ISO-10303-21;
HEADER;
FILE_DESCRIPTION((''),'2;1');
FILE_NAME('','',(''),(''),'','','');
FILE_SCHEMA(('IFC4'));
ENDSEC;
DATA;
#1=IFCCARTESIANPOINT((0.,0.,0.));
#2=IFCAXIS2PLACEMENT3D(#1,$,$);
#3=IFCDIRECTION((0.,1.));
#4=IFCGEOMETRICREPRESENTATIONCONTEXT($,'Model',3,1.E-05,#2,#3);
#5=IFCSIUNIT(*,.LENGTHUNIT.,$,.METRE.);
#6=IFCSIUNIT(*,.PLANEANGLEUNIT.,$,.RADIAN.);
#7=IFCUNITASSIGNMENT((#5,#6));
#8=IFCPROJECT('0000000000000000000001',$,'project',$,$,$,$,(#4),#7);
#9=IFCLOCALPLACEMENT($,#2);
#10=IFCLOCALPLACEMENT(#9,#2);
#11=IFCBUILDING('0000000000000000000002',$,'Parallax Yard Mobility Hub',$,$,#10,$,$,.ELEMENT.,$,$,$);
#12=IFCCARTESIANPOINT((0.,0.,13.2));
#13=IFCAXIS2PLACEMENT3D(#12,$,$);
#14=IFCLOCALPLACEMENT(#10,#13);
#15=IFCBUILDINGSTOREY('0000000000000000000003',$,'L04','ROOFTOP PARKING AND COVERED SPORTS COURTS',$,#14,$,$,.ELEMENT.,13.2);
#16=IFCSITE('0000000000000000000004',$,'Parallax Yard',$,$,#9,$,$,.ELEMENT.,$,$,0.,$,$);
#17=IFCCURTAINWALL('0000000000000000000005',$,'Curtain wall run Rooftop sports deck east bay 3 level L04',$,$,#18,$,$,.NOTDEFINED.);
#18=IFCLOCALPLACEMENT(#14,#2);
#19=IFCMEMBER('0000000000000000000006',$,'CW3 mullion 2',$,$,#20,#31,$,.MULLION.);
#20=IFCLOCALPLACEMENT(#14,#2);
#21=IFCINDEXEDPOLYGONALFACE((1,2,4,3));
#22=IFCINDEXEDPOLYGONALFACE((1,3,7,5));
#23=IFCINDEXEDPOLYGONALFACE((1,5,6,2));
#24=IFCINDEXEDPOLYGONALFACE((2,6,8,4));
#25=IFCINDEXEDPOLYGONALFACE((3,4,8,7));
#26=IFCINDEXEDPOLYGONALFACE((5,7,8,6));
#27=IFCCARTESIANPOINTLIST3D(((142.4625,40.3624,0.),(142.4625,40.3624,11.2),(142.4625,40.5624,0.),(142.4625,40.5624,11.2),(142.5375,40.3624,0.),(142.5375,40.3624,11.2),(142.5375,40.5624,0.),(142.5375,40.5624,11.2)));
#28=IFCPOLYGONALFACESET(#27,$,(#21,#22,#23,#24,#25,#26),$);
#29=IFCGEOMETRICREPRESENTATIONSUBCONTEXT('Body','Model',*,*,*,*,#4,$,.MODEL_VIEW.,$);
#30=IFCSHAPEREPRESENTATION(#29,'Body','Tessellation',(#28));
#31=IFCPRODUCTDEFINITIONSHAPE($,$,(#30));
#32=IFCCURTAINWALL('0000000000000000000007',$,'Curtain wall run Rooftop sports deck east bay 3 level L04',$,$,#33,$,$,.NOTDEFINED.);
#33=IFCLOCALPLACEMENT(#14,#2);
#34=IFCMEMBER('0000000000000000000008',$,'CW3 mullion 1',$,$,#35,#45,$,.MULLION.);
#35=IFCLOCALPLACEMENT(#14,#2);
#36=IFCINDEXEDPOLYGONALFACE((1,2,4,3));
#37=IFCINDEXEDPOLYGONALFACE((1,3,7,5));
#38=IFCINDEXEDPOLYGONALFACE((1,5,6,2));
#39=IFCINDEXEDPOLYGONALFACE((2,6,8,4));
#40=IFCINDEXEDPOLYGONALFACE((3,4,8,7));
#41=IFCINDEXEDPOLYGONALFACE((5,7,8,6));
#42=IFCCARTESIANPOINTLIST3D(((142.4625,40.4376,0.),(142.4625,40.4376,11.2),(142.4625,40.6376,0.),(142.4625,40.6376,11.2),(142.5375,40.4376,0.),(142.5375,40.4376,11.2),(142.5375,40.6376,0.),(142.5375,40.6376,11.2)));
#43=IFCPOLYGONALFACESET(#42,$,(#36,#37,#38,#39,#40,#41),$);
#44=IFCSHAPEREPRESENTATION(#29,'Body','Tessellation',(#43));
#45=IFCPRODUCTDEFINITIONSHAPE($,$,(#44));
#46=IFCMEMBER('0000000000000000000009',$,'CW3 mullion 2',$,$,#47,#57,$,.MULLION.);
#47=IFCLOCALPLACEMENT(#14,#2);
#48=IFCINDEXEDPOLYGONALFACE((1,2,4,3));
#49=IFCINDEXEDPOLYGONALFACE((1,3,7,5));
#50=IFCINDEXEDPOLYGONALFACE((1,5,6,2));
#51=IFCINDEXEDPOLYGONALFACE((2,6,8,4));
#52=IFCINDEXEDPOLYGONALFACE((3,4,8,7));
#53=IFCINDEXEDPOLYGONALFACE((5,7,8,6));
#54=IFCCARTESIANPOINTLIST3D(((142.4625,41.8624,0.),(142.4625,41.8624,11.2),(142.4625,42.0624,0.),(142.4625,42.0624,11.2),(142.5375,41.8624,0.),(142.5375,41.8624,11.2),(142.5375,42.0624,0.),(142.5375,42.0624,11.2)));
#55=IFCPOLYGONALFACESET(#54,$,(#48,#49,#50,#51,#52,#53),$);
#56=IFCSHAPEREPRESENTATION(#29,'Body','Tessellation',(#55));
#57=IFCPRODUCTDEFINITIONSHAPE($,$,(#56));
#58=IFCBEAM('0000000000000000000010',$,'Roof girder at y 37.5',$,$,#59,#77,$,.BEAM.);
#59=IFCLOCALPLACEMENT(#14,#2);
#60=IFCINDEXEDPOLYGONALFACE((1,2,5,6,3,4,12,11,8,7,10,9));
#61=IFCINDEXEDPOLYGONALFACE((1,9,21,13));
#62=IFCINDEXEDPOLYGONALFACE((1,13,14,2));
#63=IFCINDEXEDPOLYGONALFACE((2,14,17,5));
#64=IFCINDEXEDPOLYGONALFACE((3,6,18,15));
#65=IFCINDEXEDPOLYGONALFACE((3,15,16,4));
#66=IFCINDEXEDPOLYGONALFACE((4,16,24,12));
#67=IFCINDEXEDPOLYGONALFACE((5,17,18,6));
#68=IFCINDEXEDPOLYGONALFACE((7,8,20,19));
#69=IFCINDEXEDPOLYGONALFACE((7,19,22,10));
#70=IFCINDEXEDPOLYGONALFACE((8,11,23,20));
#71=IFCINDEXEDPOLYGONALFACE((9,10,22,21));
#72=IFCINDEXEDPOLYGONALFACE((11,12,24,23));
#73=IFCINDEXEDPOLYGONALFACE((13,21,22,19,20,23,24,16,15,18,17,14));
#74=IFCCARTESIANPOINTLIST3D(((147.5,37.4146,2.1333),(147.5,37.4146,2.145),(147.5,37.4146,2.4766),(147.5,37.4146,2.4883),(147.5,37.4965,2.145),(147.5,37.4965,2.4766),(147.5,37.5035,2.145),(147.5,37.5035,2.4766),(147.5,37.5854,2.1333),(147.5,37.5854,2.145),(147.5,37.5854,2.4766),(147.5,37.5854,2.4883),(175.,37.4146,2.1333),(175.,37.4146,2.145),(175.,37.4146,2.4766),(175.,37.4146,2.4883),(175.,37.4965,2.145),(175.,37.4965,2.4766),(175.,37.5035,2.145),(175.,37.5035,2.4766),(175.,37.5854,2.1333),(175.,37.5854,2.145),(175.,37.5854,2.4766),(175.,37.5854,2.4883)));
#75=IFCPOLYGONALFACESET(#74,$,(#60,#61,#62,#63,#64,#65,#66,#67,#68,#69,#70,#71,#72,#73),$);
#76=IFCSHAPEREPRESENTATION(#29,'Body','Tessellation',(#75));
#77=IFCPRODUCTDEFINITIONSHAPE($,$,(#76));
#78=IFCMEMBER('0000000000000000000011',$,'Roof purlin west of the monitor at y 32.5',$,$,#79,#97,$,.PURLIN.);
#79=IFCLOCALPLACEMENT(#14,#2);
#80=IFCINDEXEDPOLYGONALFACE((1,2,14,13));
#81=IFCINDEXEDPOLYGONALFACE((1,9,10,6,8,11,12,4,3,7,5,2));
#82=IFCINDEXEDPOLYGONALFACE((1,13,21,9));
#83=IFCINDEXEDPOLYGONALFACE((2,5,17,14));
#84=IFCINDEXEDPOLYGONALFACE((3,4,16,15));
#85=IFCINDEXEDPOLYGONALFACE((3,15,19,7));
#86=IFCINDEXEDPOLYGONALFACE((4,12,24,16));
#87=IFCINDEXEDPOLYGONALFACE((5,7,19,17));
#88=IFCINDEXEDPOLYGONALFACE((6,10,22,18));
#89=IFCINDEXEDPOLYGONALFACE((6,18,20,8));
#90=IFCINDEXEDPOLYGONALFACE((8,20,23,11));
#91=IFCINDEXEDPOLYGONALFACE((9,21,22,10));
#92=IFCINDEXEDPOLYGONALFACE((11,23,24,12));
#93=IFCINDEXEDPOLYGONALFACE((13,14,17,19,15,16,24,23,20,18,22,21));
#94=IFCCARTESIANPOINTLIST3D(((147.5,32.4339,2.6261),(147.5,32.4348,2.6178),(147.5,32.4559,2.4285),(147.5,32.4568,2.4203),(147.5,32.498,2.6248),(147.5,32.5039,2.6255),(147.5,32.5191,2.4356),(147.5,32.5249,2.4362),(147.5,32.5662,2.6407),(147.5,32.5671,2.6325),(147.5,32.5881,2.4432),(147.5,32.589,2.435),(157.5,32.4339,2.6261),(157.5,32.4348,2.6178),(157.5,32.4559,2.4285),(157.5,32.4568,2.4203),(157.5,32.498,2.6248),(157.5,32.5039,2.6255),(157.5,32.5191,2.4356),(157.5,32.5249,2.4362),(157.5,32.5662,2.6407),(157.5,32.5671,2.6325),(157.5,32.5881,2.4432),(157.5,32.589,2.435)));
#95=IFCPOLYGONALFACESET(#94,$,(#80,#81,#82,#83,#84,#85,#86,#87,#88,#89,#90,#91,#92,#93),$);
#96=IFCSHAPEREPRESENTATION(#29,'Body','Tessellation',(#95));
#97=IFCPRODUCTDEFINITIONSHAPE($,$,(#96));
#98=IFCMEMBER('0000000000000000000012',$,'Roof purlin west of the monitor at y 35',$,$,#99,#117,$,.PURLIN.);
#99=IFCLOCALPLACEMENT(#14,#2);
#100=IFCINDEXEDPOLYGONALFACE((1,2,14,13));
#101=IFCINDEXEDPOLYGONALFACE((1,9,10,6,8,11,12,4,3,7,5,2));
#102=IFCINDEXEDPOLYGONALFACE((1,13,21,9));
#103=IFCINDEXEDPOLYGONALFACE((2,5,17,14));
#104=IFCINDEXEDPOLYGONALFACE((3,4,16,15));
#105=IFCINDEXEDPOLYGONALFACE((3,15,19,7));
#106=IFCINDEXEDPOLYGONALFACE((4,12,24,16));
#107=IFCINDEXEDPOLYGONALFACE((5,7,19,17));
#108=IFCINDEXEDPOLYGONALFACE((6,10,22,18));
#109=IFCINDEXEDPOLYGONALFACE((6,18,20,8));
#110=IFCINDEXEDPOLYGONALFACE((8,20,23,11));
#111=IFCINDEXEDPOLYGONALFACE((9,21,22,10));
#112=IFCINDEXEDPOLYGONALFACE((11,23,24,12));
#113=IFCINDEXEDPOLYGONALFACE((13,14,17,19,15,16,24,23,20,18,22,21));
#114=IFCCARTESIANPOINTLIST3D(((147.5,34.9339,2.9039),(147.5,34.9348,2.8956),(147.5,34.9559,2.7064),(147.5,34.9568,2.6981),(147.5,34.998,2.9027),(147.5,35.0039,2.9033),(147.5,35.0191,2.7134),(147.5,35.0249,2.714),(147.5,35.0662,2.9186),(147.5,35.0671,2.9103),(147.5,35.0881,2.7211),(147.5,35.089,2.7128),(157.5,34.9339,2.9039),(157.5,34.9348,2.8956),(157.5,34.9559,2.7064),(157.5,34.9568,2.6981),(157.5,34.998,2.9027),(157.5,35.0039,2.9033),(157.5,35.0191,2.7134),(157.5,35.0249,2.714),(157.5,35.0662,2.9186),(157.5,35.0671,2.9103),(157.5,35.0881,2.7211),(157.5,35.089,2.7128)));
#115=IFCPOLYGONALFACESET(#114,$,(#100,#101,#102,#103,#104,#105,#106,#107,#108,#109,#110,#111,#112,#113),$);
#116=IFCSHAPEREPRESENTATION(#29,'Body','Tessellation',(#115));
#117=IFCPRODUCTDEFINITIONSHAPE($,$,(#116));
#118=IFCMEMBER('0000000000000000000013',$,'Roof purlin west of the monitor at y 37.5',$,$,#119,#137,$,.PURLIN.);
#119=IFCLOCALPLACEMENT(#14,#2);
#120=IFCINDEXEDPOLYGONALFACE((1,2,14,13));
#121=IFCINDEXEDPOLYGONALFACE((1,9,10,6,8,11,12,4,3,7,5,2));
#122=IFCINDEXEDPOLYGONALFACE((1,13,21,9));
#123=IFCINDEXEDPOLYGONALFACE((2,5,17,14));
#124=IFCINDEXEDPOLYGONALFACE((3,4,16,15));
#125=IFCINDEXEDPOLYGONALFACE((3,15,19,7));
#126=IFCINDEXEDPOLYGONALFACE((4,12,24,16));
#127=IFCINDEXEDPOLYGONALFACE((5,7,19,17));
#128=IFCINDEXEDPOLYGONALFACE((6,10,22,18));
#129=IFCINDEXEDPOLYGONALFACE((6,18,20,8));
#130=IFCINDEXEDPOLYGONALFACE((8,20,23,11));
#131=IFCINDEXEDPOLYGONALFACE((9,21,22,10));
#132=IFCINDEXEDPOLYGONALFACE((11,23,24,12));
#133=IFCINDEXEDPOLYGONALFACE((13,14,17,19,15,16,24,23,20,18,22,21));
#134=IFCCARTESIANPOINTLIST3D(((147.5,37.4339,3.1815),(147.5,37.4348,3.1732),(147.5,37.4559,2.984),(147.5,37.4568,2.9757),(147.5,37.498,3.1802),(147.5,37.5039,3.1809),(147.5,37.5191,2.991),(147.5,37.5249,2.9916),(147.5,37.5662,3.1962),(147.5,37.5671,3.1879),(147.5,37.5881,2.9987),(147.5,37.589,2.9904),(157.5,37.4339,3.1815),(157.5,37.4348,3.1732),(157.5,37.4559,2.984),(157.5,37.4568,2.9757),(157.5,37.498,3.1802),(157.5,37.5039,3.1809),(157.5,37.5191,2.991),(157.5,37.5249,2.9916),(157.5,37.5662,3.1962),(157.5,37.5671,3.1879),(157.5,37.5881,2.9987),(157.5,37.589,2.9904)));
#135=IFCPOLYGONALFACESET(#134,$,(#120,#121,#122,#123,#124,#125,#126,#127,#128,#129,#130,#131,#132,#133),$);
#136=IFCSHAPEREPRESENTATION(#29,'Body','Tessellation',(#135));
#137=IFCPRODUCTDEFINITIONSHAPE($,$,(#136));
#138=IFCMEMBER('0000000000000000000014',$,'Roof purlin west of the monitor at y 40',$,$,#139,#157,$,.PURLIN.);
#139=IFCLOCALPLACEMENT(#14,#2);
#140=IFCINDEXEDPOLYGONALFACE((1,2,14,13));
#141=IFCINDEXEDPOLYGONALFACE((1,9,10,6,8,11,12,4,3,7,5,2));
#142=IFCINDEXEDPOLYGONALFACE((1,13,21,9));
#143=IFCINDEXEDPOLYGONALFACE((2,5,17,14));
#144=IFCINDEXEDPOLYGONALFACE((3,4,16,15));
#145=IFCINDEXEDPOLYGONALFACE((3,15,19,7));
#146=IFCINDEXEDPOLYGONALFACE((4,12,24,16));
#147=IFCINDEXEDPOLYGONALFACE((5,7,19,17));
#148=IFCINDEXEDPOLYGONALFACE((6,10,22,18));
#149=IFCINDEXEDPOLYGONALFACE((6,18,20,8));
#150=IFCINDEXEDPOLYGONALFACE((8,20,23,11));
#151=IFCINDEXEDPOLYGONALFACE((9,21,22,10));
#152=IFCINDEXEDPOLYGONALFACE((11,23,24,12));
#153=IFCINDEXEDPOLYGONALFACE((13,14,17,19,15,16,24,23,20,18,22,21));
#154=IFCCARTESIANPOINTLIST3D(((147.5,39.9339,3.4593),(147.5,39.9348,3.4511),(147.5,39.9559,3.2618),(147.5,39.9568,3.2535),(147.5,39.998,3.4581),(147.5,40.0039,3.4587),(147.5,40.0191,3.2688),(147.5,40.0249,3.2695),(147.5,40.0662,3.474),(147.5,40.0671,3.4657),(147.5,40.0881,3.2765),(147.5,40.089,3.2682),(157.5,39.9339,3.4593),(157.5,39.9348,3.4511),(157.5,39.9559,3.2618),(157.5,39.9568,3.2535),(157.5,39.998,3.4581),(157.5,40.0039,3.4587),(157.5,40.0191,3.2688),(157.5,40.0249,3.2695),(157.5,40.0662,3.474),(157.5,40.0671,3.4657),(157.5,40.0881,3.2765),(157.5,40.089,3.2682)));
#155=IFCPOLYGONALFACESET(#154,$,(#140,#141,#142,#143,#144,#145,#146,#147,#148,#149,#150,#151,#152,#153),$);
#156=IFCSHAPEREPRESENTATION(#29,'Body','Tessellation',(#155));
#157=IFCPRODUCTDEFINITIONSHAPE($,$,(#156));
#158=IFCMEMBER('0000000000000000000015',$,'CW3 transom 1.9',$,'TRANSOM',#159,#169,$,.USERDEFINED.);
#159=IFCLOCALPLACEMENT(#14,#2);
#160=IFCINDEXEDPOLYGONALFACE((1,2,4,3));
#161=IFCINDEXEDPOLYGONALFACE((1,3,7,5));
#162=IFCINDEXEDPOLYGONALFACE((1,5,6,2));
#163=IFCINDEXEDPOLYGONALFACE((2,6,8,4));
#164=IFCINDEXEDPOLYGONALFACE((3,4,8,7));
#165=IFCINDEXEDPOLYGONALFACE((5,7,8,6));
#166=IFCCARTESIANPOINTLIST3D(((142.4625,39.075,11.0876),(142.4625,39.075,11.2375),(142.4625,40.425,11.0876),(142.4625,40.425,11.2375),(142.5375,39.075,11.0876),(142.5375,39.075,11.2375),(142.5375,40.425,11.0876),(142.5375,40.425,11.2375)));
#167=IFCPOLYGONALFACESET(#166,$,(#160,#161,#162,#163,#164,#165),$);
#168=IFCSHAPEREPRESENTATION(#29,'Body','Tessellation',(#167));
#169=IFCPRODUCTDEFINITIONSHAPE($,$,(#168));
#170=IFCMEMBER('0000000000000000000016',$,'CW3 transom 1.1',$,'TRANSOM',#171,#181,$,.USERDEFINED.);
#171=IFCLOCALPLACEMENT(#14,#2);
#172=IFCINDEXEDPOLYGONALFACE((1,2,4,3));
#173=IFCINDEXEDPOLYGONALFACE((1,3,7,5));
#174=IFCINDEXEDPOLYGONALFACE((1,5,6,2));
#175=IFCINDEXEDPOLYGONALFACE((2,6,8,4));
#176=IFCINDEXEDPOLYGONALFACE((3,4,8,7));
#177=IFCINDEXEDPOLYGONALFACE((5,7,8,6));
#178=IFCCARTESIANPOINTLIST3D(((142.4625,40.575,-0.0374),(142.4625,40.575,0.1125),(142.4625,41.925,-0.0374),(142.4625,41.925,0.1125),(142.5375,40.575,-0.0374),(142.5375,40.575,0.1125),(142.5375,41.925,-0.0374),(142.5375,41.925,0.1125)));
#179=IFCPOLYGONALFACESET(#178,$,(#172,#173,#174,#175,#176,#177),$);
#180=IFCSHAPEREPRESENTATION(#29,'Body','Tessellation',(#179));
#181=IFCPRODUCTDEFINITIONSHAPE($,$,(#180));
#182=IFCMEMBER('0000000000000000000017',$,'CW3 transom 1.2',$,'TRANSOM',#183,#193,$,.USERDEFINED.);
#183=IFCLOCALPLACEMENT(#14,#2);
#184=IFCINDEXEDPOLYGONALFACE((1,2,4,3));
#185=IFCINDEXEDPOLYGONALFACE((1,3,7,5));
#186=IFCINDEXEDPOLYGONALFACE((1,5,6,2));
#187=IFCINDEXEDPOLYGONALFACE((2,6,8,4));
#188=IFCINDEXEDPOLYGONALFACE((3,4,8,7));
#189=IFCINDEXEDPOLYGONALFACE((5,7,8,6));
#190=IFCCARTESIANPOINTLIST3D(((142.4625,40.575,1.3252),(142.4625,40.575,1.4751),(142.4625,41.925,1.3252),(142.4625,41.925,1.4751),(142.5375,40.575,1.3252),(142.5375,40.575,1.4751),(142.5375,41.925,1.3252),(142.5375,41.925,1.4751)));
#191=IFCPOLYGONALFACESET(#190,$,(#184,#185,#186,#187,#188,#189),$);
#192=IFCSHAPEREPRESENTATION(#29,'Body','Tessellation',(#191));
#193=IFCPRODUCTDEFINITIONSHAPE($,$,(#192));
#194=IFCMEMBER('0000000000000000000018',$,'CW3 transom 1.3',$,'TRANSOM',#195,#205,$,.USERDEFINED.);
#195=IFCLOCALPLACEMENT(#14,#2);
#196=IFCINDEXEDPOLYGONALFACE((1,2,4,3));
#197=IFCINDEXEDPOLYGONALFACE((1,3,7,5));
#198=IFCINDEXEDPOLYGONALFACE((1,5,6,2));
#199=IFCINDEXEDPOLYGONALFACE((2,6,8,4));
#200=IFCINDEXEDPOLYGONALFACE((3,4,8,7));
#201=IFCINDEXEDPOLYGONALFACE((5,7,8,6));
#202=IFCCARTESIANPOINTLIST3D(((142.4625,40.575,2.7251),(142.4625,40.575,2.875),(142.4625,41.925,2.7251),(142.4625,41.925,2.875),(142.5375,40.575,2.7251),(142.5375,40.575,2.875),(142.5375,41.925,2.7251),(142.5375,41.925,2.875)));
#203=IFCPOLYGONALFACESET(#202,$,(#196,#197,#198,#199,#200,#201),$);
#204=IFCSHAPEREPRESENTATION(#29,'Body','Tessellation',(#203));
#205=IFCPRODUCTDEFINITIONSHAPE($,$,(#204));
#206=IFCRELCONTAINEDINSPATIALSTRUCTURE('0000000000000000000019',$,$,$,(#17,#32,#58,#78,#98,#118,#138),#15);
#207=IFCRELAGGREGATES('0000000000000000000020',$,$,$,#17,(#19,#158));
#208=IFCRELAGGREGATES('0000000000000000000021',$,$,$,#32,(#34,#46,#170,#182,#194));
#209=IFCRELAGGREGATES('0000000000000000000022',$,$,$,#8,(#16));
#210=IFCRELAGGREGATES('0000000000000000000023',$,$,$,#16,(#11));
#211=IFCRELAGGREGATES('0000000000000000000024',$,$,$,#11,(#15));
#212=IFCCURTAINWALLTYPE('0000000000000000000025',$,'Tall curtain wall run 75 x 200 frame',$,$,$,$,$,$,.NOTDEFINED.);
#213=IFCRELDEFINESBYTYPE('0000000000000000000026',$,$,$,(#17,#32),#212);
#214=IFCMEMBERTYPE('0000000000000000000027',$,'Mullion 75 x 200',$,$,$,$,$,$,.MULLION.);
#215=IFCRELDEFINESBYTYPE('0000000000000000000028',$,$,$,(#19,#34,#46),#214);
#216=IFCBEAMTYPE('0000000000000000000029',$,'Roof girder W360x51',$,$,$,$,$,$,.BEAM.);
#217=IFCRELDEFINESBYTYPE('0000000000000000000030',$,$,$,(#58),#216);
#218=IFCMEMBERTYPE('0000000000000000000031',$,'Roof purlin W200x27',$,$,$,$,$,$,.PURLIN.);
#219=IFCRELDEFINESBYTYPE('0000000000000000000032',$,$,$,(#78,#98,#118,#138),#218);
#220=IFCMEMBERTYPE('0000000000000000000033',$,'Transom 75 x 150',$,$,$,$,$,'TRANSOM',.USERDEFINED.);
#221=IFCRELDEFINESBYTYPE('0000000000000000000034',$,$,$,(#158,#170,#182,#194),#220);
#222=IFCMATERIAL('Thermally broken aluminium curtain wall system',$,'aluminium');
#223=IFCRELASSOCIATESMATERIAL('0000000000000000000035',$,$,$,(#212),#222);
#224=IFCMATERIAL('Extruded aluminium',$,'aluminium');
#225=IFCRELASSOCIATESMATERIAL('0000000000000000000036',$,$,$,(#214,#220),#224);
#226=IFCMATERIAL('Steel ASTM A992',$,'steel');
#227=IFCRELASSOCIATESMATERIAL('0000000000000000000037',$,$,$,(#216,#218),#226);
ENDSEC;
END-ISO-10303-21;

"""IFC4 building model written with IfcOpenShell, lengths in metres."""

from ifc_helpers import new_model, si_unit, direction, frame, origin, origin_2d, place, context, subcontext, project, spatial, rectangle, i_section, extrude, material, material_profile, profile_set, type_object, element, aggregate, save


model = new_model("IFC4")

# Units and contexts
model_context = context("Model", 3, precision=1e-05, world=origin(), true_north=direction((0.0, 1.0)))
body_context = subcontext(model_context, "Body", "Model", "MODEL_VIEW")
ifc_project = project(units=[si_unit("LENGTHUNIT", "METRE"), si_unit("PLANEANGLEUNIT", "RADIAN")], contexts=[model_context])

# Site, building, storey
site_placement = place(None, origin())
site = spatial("IfcSite", under=ifc_project, at=site_placement, Name="Parallax Yard", CompositionType="ELEMENT", RefElevation=0.0)
building_placement = place(site_placement, origin())
building = spatial("IfcBuilding", under=site, at=building_placement, Name="Parallax Yard Mobility Hub", CompositionType="ELEMENT")
storey_placement = place(building_placement, frame((0.0, 0.0, 13.2)))
storey = spatial("IfcBuildingStorey", under=building, at=storey_placement, Name="L04", Description="ROOFTOP PARKING AND COVERED SPORTS COURTS", CompositionType="ELEMENT", Elevation=13.2)

# Curtain wall, member
ifc_material_1 = material(Name="Thermally broken aluminium curtain wall system", Category="aluminium")
curtain_wall_type = type_object("IfcCurtainWallType", Name="Tall curtain wall run 75 x 200 frame", PredefinedType="NOTDEFINED", material=ifc_material_1)
curtain_wall_1_placement = place(storey_placement, origin())
curtain_wall_1 = element("IfcCurtainWall", 1, at=curtain_wall_1_placement, inside=storey, type_object=curtain_wall_type, Name="Curtain wall run Rooftop sports deck east bay 3 level L04", PredefinedType="NOTDEFINED")
ifc_material_2 = material(Name="Extruded aluminium", Category="aluminium")
ifc_material_profile_1 = material_profile(ifc_material_2, rectangle(XDim=0.075, YDim=0.2, at=origin_2d()), Name="Mullion 75 x 200")
ifc_profile_set_1 = profile_set([ifc_material_profile_1], Name="Extruded aluminium")
member_type_1 = type_object("IfcMemberType", Name="Mullion 75 x 200", PredefinedType="MULLION", material=ifc_profile_set_1)
member_1_placement = place(storey_placement, frame((142.5, 40.4624, 0.0), z_axis=(0.0, 0.0, 1.0), x_axis=(-1.0, 0.0, 0.0)))
member_1 = element("IfcMember", 2, at=member_1_placement, type_object=member_type_1, Name="CW3 mullion 2", PredefinedType="MULLION", context=body_context, shape_type="SweptSolid", body=[
    extrude(rectangle(XDim=0.075, YDim=0.2, at=origin_2d()), origin(), (0.0, 0.0, 1.0), 11.2),
])

# Curtain wall, members
curtain_wall_2_placement = place(storey_placement, origin())
curtain_wall_2 = element("IfcCurtainWall", 3, at=curtain_wall_2_placement, inside=storey, type_object=curtain_wall_type, Name="Curtain wall run Rooftop sports deck east bay 3 level L04", PredefinedType="NOTDEFINED")
member_2_placement = place(storey_placement, frame((142.5, 40.5376, 0.0), z_axis=(0.0, 0.0, 1.0), x_axis=(-1.0, 0.0, 0.0)))
member_2 = element("IfcMember", 4, at=member_2_placement, type_object=member_type_1, Name="CW3 mullion 1", PredefinedType="MULLION", context=body_context, shape_type="SweptSolid", body=[
    extrude(rectangle(XDim=0.075, YDim=0.2, at=origin_2d()), origin(), (0.0, 0.0, 1.0), 11.2),
])
member_3_placement = place(storey_placement, frame((142.5, 41.9624, 0.0), z_axis=(0.0, 0.0, 1.0), x_axis=(-1.0, 0.0, 0.0)))
member_3 = element("IfcMember", 5, at=member_3_placement, type_object=member_type_1, Name="CW3 mullion 2", PredefinedType="MULLION", context=body_context, shape_type="SweptSolid", body=[
    extrude(rectangle(XDim=0.075, YDim=0.2, at=origin_2d()), origin(), (0.0, 0.0, 1.0), 11.2),
])

# Beam
ifc_material_3 = material(Name="Steel ASTM A992", Category="steel")
ifc_material_profile_2 = material_profile(ifc_material_3, i_section(OverallWidth=0.1709, OverallDepth=0.355, WebThickness=0.0071, FlangeThickness=0.0117, at=origin_2d()), Name="W360x51")
ifc_profile_set_2 = profile_set([ifc_material_profile_2], Name="Steel ASTM A992")
beam_type = type_object("IfcBeamType", Name="Roof girder W360x51", PredefinedType="BEAM", material=ifc_profile_set_2)
beam_placement = place(storey_placement, frame((147.5, 37.5, 2.3108), z_axis=(1.0, 0.0, 0.0), x_axis=(0.0, 1.0, 0.0)))
element("IfcBeam", 6, at=beam_placement, inside=storey, type_object=beam_type, Name="Roof girder at y 37.5", PredefinedType="BEAM", context=body_context, shape_type="SweptSolid", body=[
    extrude(i_section(OverallWidth=0.1709, OverallDepth=0.355, WebThickness=0.0071, FlangeThickness=0.0117, at=origin_2d()), origin(), (0.0, 0.0, 1.0), 27.5),
])

# Members
ifc_material_profile_3 = material_profile(ifc_material_3, i_section(OverallWidth=0.1331, OverallDepth=0.207, WebThickness=0.0059, FlangeThickness=0.0083, at=origin_2d()), Name="W200x27")
ifc_profile_set_3 = profile_set([ifc_material_profile_3], Name="Steel ASTM A992")
member_type_2 = type_object("IfcMemberType", Name="Roof purlin W200x27", PredefinedType="PURLIN", material=ifc_profile_set_3)
for number, where, z_axis, x_axis, name in (
    (7, (147.5, 32.5115, 2.5305), (1.0, 0.0, 0.0), (0.0, 0.993884, 0.110432), "Roof purlin west of the monitor at y 32.5"),
    (8, (147.5, 35.0115, 2.8083), (1.0, 0.0, 0.0), (0.0, 0.993884, 0.110432), "Roof purlin west of the monitor at y 35"),
    (9, (147.5, 37.5115, 3.0859), (1.0, 0.0, 0.0), (0.0, 0.993884, 0.110432), "Roof purlin west of the monitor at y 37.5"),
    (10, (147.5, 40.0115, 3.3638), (1.0, 0.0, 0.0), (0.0, 0.993884, 0.110432), "Roof purlin west of the monitor at y 40"),
):
    element("IfcMember", number, at=place(storey_placement, frame(where, z_axis=z_axis, x_axis=x_axis)), inside=storey, type_object=member_type_2, Name=name, PredefinedType="PURLIN", context=body_context, shape_type="SweptSolid", body=[
        extrude(i_section(OverallWidth=0.1331, OverallDepth=0.207, WebThickness=0.0059, FlangeThickness=0.0083, at=origin_2d()), origin(), (0.0, 0.0, 1.0), 10.0),
    ])

# Members
ifc_material_profile_4 = material_profile(ifc_material_2, rectangle(XDim=0.075, YDim=0.1499, at=origin_2d()), Name="Transom 75 x 150")
ifc_profile_set_4 = profile_set([ifc_material_profile_4], Name="Extruded aluminium")
member_type_3 = type_object("IfcMemberType", Name="Transom 75 x 150", ElementType="TRANSOM", PredefinedType="USERDEFINED", material=ifc_profile_set_4)
member_4_placement = place(storey_placement, frame((142.5, 39.075, 11.1626), z_axis=(0.0, 1.0, 0.0), x_axis=(-1.0, 0.0, 0.0)))
member_4 = element("IfcMember", 11, at=member_4_placement, type_object=member_type_3, Name="CW3 transom 1.9", ObjectType="TRANSOM", PredefinedType="USERDEFINED", context=body_context, shape_type="SweptSolid", body=[
    extrude(rectangle(XDim=0.075, YDim=0.1499, at=origin_2d()), origin(), (0.0, 0.0, 1.0), 1.3501),
])
member_5_placement = place(storey_placement, frame((142.5, 40.575, 0.0376), z_axis=(0.0, 1.0, 0.0), x_axis=(-1.0, 0.0, 0.0)))
member_5 = element("IfcMember", 12, at=member_5_placement, type_object=member_type_3, Name="CW3 transom 1.1", ObjectType="TRANSOM", PredefinedType="USERDEFINED", context=body_context, shape_type="SweptSolid", body=[
    extrude(rectangle(XDim=0.075, YDim=0.1499, at=origin_2d()), origin(), (0.0, 0.0, 1.0), 1.3501),
])
member_6_placement = place(storey_placement, frame((142.5, 40.575, 1.4001), z_axis=(0.0, 1.0, 0.0), x_axis=(-1.0, 0.0, 0.0)))
member_6 = element("IfcMember", 13, at=member_6_placement, type_object=member_type_3, Name="CW3 transom 1.2", ObjectType="TRANSOM", PredefinedType="USERDEFINED", context=body_context, shape_type="SweptSolid", body=[
    extrude(rectangle(XDim=0.075, YDim=0.1499, at=origin_2d()), origin(), (0.0, 0.0, 1.0), 1.3501),
])
member_7_placement = place(storey_placement, frame((142.5, 40.575, 2.8), z_axis=(0.0, 1.0, 0.0), x_axis=(-1.0, 0.0, 0.0)))
member_7 = element("IfcMember", 14, at=member_7_placement, type_object=member_type_3, Name="CW3 transom 1.3", ObjectType="TRANSOM", PredefinedType="USERDEFINED", context=body_context, shape_type="SweptSolid", body=[
    extrude(rectangle(XDim=0.075, YDim=0.1499, at=origin_2d()), origin(), (0.0, 0.0, 1.0), 1.3501),
])

aggregate(curtain_wall_1, [member_1, member_4])
aggregate(curtain_wall_2, [member_2, member_3, member_5, member_6, member_7])

save(model, "model.ifc")
